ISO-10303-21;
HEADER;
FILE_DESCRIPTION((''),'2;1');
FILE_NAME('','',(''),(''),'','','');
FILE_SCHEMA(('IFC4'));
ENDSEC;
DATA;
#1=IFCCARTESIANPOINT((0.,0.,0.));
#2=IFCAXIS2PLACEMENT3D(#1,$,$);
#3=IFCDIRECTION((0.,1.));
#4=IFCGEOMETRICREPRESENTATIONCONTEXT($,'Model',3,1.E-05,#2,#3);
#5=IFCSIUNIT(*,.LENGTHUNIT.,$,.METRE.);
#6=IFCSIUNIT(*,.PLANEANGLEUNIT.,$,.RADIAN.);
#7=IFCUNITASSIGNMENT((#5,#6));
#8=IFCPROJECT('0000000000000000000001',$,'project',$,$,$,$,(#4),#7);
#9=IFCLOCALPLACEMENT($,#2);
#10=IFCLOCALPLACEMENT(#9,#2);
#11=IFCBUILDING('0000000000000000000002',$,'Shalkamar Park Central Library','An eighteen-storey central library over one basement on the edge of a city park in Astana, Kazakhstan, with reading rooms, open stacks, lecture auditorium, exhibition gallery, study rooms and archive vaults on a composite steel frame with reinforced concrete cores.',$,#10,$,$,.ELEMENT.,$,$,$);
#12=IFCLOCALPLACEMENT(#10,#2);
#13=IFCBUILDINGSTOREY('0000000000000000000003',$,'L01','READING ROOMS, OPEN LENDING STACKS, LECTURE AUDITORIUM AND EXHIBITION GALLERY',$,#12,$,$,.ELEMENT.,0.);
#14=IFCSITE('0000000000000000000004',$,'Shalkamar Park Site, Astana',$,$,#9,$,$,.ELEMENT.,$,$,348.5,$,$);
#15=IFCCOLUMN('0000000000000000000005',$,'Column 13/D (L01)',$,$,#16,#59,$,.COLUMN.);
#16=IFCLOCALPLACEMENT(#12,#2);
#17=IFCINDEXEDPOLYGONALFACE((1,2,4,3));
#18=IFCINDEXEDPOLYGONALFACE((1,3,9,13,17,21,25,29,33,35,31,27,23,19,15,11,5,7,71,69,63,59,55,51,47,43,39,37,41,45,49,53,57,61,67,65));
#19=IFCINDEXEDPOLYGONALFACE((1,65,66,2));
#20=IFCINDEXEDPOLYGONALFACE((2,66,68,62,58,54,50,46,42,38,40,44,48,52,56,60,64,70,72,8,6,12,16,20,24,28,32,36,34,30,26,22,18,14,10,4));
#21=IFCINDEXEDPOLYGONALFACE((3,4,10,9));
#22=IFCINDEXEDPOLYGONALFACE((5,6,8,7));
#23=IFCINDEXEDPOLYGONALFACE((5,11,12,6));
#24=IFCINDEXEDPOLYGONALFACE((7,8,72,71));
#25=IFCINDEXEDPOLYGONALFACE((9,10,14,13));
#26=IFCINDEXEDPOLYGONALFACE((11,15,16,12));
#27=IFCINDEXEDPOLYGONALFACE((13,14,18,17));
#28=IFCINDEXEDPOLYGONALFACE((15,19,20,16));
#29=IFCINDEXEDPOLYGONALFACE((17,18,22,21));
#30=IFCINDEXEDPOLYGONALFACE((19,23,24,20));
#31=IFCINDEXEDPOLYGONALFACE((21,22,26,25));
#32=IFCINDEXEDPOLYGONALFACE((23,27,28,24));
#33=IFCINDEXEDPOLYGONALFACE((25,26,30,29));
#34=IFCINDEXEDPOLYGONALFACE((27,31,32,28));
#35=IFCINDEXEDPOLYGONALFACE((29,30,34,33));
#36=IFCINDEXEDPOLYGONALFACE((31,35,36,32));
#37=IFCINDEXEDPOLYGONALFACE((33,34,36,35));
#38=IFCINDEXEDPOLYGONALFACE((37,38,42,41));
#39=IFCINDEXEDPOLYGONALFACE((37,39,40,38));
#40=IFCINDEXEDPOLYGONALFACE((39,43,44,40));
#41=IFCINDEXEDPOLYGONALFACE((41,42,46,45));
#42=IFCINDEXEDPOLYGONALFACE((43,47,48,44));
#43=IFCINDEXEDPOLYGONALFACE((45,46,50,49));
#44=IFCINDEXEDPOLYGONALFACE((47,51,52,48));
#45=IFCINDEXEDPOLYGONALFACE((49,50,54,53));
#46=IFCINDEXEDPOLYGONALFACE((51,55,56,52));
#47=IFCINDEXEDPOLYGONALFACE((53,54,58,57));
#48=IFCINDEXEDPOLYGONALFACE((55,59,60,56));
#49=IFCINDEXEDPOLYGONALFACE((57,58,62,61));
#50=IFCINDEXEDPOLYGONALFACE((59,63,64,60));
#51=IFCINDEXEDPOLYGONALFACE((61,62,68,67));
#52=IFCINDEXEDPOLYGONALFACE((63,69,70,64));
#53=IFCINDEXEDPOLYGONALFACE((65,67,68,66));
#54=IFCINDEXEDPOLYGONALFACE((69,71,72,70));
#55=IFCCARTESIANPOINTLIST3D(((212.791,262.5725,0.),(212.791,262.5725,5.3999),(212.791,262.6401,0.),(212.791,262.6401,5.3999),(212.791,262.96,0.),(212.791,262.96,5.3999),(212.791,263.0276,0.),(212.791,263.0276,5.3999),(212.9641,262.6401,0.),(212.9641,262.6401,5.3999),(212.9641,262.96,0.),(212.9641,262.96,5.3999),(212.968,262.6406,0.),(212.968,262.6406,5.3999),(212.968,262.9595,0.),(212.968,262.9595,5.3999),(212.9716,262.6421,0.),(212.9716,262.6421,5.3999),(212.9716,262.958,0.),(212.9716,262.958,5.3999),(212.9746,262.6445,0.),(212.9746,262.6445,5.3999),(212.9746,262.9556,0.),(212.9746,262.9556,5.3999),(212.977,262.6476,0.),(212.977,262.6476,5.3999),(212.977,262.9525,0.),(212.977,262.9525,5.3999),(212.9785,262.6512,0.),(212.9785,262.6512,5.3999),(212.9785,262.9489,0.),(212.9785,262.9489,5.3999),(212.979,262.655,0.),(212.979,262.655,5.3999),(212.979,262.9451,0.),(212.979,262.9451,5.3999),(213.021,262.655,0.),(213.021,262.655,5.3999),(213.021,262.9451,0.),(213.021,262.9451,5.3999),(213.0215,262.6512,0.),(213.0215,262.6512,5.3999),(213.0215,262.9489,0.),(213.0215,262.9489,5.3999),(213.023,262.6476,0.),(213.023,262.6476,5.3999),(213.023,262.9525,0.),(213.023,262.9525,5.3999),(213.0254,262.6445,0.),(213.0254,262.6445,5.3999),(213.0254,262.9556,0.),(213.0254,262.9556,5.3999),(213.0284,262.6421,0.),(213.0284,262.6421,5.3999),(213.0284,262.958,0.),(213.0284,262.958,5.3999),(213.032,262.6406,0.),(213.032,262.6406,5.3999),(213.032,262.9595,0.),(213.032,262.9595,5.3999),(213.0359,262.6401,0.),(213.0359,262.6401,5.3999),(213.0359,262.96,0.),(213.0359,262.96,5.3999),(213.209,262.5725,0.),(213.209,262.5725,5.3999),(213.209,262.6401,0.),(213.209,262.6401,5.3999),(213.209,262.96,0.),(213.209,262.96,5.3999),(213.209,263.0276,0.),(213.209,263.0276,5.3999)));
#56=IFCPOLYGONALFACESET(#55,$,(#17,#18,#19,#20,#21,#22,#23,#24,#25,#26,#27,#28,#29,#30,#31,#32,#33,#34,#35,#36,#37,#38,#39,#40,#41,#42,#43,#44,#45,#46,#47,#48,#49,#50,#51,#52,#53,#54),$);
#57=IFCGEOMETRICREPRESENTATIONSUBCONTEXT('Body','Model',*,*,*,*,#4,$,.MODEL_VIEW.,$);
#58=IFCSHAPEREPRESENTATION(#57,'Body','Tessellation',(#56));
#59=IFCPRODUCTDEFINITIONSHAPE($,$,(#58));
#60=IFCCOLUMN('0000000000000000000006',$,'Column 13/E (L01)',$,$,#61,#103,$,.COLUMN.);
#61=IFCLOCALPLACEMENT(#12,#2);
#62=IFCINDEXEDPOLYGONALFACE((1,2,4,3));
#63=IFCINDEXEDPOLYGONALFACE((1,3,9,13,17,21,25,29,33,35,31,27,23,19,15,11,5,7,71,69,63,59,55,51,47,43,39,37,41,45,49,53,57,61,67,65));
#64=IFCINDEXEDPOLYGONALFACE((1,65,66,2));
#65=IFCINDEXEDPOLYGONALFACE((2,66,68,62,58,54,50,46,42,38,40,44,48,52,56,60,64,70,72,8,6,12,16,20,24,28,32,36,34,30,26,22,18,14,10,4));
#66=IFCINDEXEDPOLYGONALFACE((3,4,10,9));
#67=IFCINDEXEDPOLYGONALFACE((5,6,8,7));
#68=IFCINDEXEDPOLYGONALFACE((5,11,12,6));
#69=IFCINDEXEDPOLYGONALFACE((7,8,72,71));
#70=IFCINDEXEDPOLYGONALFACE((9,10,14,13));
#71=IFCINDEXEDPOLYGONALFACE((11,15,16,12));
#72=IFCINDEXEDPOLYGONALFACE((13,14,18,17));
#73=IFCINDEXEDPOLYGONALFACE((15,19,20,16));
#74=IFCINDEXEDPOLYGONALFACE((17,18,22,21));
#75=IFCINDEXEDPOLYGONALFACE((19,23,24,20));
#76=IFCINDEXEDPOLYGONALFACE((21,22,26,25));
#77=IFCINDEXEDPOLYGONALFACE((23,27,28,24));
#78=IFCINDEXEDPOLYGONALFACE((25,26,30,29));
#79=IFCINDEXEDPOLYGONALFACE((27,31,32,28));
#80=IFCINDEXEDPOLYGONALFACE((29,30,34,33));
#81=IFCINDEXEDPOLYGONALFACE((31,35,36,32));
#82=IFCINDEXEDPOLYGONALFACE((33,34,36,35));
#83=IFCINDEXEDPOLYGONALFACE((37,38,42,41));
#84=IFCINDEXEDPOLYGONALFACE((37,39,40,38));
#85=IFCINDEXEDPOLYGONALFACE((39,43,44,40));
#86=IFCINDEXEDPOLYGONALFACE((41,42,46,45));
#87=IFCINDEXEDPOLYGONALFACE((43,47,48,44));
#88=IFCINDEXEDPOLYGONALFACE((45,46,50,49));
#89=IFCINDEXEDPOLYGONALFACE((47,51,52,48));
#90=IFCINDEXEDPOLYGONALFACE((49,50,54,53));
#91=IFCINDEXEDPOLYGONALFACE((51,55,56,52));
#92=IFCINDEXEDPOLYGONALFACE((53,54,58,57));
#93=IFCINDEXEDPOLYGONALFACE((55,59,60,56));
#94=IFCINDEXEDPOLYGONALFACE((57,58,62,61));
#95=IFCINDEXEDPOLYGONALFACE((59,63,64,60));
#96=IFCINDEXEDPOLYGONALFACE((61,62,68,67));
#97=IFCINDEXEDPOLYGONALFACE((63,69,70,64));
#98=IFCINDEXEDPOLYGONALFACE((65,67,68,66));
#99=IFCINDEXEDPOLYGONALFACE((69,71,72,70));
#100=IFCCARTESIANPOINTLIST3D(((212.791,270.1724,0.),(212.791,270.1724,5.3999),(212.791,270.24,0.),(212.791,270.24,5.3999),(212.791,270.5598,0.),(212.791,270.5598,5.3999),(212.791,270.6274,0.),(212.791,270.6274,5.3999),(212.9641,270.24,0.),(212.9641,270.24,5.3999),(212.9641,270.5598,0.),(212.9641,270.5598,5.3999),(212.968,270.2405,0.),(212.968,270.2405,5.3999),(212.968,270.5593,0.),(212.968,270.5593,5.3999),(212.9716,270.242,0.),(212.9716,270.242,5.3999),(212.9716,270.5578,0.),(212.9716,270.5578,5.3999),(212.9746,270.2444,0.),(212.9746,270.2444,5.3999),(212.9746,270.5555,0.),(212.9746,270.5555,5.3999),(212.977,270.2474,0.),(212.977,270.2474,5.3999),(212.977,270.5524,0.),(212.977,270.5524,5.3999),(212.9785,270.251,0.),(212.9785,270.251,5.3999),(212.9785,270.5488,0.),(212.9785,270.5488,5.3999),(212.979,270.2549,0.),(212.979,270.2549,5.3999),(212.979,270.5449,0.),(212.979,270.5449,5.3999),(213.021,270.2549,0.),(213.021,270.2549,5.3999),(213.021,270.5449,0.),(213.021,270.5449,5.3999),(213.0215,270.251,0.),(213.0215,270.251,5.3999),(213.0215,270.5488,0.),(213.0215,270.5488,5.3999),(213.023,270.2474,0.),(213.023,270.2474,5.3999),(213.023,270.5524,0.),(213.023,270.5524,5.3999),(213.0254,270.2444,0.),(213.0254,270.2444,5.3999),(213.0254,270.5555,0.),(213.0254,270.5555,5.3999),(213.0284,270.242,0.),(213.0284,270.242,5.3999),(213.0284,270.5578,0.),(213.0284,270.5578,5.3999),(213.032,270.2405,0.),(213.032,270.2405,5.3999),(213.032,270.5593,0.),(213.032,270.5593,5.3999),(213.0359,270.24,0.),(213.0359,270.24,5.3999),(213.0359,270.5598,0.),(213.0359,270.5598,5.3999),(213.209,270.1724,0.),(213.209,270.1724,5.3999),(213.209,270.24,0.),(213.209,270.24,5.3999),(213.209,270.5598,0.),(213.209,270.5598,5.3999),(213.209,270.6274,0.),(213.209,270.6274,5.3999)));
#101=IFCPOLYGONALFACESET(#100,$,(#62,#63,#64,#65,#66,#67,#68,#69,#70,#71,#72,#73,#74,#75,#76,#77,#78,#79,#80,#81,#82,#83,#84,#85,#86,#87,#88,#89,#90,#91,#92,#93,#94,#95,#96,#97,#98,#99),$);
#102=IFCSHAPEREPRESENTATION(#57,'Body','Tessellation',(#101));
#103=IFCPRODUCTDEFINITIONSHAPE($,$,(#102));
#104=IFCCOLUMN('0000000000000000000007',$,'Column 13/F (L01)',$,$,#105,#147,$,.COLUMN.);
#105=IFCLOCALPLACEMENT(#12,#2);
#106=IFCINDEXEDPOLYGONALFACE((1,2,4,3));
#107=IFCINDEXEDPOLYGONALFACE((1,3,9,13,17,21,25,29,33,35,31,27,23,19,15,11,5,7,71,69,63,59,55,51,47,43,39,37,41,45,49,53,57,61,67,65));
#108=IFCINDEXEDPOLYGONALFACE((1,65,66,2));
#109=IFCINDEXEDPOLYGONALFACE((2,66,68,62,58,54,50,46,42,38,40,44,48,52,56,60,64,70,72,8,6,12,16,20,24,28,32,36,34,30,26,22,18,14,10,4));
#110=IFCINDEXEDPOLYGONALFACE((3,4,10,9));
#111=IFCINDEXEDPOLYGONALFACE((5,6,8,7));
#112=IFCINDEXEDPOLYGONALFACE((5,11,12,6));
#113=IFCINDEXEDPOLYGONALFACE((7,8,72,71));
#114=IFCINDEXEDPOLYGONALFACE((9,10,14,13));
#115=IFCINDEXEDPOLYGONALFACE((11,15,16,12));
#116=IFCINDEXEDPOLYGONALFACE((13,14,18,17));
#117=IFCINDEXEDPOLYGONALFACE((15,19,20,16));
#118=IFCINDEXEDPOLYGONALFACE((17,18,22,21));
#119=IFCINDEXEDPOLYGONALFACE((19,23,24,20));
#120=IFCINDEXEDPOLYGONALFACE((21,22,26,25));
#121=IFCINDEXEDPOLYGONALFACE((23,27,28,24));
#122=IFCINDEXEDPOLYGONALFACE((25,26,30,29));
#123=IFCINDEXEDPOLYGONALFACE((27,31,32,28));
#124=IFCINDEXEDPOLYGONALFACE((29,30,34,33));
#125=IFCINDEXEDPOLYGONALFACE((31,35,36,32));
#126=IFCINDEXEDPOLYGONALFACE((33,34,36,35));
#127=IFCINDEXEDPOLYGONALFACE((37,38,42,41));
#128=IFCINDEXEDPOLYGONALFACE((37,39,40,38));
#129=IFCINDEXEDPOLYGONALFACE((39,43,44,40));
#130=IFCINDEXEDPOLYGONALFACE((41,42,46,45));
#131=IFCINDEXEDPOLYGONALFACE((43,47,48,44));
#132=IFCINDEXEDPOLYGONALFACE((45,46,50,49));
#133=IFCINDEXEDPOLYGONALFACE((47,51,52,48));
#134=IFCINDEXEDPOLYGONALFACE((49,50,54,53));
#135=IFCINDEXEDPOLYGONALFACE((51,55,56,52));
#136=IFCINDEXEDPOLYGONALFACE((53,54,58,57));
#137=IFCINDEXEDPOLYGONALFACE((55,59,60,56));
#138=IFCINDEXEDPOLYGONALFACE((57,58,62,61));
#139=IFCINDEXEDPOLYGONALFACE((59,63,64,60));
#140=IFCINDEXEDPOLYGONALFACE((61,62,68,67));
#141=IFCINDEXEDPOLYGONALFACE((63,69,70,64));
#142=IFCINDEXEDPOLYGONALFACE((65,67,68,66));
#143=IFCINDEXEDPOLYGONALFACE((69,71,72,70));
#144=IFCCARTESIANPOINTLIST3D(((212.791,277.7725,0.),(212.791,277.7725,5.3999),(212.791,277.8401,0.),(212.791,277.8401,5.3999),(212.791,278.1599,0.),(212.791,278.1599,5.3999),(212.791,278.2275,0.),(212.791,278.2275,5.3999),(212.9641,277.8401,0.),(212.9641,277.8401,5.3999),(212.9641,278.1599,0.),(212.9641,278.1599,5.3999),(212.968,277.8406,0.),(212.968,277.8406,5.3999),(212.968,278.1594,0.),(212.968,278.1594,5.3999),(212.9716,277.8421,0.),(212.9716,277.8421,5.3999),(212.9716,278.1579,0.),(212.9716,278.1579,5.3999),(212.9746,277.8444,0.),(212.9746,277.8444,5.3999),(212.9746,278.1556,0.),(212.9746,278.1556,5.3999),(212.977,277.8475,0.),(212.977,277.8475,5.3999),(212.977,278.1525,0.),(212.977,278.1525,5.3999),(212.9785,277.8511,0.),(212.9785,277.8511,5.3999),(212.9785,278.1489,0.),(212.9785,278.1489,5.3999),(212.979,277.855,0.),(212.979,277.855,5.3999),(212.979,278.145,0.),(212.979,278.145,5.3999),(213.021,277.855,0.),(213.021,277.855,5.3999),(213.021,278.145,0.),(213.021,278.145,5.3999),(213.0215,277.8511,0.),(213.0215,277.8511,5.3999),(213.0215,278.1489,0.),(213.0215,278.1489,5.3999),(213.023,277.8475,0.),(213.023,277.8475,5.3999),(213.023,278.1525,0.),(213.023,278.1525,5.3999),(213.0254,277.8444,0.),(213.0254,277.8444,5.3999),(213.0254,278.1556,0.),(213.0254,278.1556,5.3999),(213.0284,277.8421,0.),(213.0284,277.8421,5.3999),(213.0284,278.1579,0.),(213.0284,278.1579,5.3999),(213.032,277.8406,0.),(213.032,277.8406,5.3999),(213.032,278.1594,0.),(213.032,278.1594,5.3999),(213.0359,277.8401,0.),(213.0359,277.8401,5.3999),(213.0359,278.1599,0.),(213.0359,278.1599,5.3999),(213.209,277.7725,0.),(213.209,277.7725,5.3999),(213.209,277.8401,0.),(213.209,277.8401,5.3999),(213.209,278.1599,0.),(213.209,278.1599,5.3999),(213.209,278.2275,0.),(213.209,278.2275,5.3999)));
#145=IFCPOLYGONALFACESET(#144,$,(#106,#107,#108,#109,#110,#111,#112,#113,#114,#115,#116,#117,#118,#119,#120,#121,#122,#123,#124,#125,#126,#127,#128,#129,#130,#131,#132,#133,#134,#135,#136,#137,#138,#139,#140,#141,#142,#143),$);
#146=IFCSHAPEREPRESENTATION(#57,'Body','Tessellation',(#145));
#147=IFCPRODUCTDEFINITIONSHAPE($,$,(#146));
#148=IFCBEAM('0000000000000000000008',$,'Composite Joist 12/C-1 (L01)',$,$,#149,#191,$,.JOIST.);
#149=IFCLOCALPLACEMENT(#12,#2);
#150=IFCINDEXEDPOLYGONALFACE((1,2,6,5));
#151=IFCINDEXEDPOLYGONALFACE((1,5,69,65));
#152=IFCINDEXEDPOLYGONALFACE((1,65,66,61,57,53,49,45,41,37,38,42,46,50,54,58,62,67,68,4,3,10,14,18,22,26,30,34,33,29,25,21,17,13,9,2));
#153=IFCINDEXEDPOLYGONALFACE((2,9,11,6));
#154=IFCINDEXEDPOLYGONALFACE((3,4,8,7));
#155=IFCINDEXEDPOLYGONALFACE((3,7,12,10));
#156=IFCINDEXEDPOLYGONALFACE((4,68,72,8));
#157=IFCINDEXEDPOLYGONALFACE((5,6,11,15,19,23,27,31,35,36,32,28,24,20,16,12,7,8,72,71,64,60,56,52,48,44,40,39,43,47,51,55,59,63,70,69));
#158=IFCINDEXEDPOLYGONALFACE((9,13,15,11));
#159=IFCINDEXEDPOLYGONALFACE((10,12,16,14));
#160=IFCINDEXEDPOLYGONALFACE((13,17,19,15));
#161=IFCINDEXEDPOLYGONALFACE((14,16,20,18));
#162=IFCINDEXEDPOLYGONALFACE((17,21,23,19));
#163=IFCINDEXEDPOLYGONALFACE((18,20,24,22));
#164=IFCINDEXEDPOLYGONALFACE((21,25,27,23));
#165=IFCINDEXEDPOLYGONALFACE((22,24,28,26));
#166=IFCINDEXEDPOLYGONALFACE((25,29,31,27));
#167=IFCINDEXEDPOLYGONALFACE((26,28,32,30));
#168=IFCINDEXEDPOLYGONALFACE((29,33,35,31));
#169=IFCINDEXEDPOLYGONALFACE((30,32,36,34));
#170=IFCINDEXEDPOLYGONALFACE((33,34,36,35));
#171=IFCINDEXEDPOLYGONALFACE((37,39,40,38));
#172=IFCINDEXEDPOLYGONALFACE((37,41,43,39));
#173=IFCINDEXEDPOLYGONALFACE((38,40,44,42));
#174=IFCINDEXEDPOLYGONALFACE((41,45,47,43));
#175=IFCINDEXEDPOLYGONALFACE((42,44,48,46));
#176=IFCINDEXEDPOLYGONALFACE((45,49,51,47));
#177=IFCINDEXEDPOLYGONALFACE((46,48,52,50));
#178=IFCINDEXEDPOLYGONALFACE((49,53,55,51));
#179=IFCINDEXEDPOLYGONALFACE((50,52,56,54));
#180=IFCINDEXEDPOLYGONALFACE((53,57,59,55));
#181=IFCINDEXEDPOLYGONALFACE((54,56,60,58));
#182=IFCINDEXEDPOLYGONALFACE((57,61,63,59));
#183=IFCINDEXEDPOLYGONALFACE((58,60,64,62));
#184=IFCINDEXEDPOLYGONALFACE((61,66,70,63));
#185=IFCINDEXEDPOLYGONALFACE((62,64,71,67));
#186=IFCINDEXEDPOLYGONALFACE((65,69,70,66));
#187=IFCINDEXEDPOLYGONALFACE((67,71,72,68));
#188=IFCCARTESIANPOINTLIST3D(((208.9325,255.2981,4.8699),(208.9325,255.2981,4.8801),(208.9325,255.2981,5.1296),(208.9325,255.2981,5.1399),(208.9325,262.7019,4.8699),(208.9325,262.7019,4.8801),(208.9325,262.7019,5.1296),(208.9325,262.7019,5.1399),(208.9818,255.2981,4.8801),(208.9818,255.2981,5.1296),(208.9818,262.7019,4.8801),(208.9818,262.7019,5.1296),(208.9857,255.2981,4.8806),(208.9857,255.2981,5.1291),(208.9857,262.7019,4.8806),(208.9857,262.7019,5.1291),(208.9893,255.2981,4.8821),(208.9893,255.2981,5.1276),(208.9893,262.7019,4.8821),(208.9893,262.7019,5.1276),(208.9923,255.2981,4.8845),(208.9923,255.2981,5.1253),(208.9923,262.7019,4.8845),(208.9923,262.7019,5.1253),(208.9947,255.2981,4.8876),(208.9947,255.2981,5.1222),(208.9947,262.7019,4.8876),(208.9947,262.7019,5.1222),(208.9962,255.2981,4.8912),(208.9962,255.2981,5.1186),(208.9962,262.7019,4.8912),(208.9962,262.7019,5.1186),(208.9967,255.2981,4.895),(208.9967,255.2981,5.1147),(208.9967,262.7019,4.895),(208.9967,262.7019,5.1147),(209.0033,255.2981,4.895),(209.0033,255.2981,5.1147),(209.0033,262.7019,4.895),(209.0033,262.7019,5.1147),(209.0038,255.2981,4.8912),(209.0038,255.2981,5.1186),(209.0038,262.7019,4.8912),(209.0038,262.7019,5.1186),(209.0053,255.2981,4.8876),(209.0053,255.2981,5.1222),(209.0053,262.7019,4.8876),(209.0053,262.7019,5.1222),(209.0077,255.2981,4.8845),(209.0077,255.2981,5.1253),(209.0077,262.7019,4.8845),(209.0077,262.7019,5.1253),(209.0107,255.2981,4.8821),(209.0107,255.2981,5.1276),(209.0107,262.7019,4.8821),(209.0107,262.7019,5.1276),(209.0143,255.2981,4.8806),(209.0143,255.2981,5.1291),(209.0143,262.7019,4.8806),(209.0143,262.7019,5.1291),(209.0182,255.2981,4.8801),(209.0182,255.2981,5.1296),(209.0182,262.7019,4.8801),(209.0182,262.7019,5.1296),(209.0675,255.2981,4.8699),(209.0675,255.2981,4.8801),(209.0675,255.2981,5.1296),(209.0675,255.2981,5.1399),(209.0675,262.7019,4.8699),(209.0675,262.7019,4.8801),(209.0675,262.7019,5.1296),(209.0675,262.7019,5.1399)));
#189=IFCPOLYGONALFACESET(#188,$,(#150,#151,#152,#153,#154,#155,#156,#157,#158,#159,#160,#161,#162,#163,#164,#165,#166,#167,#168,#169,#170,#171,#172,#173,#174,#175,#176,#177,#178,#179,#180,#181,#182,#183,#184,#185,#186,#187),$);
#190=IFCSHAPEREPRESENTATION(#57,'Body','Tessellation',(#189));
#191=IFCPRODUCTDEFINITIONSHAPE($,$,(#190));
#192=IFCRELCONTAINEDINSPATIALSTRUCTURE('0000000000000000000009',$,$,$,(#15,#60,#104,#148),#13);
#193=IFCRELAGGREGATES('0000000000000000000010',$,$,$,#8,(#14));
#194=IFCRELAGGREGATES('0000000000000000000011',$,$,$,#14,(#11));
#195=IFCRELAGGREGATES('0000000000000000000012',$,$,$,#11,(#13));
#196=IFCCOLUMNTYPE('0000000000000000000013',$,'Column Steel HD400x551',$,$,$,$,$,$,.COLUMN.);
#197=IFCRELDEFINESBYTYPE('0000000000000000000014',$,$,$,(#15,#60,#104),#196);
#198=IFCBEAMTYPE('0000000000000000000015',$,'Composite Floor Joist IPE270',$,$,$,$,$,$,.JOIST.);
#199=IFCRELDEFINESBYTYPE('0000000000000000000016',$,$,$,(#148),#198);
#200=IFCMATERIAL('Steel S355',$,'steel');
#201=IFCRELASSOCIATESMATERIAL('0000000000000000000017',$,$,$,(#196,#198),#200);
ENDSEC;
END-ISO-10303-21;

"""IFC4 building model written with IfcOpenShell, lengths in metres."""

from ifc_helpers import new_model, si_unit, direction, frame, origin, origin_2d, place, context, subcontext, project, spatial, i_section, extrude, material, material_profile, profile_set, type_object, element, save


model = new_model("IFC4")

# Units and contexts
model_context = context("Model", 3, precision=1e-05, world=origin(), true_north=direction((0.0, 1.0)))
body_context = subcontext(model_context, "Body", "Model", "MODEL_VIEW")
ifc_project = project(units=[si_unit("LENGTHUNIT", "METRE"), si_unit("PLANEANGLEUNIT", "RADIAN")], contexts=[model_context])

# Site, building, storey
site_placement = place(None, origin())
site = spatial("IfcSite", under=ifc_project, at=site_placement, Name="Shalkamar Park Site, Astana", CompositionType="ELEMENT", RefElevation=348.5)
building_placement = place(site_placement, origin())
building = spatial("IfcBuilding", under=site, at=building_placement, Name="Shalkamar Park Central Library", Description="An eighteen-storey central library over one basement on the edge of a city park in Astana, Kazakhstan, with reading rooms, open stacks, lecture auditorium, exhibition gallery, study rooms and archive vaults on a composite steel frame with reinforced concrete cores.", CompositionType="ELEMENT")
storey_placement = place(building_placement, origin())
storey = spatial("IfcBuildingStorey", under=building, at=storey_placement, Name="L01", Description="READING ROOMS, OPEN LENDING STACKS, LECTURE AUDITORIUM AND EXHIBITION GALLERY", CompositionType="ELEMENT", Elevation=0.0)

# Columns
ifc_material = material(Name="Steel S355", Category="steel")
ifc_material_profile_1 = material_profile(ifc_material, i_section(OverallWidth=0.418, OverallDepth=0.4551, WebThickness=0.042, FlangeThickness=0.0676, FilletRadius=0.0149, at=origin_2d()), Name="HD 400x551")
ifc_profile_set_1 = profile_set([ifc_material_profile_1], Name="Steel S355")
column_type = type_object("IfcColumnType", Name="Column Steel HD400x551", PredefinedType="COLUMN", material=ifc_profile_set_1)
for number, where, z_axis, x_axis, name in (
    (1, (213.0, 262.8, 0.0), (0.0, 0.0, 1.0), (1.0, 0.0, 0.0), "Column 13/D (L01)"),
    (2, (213.0, 270.3999, 0.0), (0.0, 0.0, 1.0), (1.0, 0.0, 0.0), "Column 13/E (L01)"),
    (3, (213.0, 278.0, 0.0), (0.0, 0.0, 1.0), (1.0, 0.0, 0.0), "Column 13/F (L01)"),
):
    element("IfcColumn", number, at=place(storey_placement, frame(where, z_axis=z_axis, x_axis=x_axis)), inside=storey, type_object=column_type, Name=name, PredefinedType="COLUMN", context=body_context, shape_type="SweptSolid", body=[
        extrude(i_section(OverallWidth=0.418, OverallDepth=0.4551, WebThickness=0.042, FlangeThickness=0.0676, FilletRadius=0.0149, at=origin_2d()), origin(), (0.0, 0.0, 1.0), 5.3999),
    ])

# Beam
ifc_material_profile_2 = material_profile(ifc_material, i_section(OverallWidth=0.135, OverallDepth=0.27, WebThickness=0.0066, FlangeThickness=0.0103, FilletRadius=0.0149, at=origin_2d()), Name="IPE 270")
ifc_profile_set_2 = profile_set([ifc_material_profile_2], Name="Steel S355")
beam_type_1 = type_object("IfcBeamType", Name="Composite Floor Joist IPE270", PredefinedType="JOIST", material=ifc_profile_set_2)
beam_1_placement = place(storey_placement, frame((209.0, 255.2981, 5.0049), z_axis=(0.0, 1.0, 0.0), x_axis=(-1.0, 0.0, 0.0)))
element("IfcBeam", 4, at=beam_1_placement, inside=storey, type_object=beam_type_1, Name="Composite Joist 12/C-1 (L01)", PredefinedType="JOIST", context=body_context, shape_type="SweptSolid", body=[
    extrude(i_section(OverallWidth=0.135, OverallDepth=0.27, WebThickness=0.0066, FlangeThickness=0.0103, FilletRadius=0.0149, at=origin_2d()), origin(), (0.0, 0.0, 1.0), 7.4038),
])

save(model, "model.ifc")
